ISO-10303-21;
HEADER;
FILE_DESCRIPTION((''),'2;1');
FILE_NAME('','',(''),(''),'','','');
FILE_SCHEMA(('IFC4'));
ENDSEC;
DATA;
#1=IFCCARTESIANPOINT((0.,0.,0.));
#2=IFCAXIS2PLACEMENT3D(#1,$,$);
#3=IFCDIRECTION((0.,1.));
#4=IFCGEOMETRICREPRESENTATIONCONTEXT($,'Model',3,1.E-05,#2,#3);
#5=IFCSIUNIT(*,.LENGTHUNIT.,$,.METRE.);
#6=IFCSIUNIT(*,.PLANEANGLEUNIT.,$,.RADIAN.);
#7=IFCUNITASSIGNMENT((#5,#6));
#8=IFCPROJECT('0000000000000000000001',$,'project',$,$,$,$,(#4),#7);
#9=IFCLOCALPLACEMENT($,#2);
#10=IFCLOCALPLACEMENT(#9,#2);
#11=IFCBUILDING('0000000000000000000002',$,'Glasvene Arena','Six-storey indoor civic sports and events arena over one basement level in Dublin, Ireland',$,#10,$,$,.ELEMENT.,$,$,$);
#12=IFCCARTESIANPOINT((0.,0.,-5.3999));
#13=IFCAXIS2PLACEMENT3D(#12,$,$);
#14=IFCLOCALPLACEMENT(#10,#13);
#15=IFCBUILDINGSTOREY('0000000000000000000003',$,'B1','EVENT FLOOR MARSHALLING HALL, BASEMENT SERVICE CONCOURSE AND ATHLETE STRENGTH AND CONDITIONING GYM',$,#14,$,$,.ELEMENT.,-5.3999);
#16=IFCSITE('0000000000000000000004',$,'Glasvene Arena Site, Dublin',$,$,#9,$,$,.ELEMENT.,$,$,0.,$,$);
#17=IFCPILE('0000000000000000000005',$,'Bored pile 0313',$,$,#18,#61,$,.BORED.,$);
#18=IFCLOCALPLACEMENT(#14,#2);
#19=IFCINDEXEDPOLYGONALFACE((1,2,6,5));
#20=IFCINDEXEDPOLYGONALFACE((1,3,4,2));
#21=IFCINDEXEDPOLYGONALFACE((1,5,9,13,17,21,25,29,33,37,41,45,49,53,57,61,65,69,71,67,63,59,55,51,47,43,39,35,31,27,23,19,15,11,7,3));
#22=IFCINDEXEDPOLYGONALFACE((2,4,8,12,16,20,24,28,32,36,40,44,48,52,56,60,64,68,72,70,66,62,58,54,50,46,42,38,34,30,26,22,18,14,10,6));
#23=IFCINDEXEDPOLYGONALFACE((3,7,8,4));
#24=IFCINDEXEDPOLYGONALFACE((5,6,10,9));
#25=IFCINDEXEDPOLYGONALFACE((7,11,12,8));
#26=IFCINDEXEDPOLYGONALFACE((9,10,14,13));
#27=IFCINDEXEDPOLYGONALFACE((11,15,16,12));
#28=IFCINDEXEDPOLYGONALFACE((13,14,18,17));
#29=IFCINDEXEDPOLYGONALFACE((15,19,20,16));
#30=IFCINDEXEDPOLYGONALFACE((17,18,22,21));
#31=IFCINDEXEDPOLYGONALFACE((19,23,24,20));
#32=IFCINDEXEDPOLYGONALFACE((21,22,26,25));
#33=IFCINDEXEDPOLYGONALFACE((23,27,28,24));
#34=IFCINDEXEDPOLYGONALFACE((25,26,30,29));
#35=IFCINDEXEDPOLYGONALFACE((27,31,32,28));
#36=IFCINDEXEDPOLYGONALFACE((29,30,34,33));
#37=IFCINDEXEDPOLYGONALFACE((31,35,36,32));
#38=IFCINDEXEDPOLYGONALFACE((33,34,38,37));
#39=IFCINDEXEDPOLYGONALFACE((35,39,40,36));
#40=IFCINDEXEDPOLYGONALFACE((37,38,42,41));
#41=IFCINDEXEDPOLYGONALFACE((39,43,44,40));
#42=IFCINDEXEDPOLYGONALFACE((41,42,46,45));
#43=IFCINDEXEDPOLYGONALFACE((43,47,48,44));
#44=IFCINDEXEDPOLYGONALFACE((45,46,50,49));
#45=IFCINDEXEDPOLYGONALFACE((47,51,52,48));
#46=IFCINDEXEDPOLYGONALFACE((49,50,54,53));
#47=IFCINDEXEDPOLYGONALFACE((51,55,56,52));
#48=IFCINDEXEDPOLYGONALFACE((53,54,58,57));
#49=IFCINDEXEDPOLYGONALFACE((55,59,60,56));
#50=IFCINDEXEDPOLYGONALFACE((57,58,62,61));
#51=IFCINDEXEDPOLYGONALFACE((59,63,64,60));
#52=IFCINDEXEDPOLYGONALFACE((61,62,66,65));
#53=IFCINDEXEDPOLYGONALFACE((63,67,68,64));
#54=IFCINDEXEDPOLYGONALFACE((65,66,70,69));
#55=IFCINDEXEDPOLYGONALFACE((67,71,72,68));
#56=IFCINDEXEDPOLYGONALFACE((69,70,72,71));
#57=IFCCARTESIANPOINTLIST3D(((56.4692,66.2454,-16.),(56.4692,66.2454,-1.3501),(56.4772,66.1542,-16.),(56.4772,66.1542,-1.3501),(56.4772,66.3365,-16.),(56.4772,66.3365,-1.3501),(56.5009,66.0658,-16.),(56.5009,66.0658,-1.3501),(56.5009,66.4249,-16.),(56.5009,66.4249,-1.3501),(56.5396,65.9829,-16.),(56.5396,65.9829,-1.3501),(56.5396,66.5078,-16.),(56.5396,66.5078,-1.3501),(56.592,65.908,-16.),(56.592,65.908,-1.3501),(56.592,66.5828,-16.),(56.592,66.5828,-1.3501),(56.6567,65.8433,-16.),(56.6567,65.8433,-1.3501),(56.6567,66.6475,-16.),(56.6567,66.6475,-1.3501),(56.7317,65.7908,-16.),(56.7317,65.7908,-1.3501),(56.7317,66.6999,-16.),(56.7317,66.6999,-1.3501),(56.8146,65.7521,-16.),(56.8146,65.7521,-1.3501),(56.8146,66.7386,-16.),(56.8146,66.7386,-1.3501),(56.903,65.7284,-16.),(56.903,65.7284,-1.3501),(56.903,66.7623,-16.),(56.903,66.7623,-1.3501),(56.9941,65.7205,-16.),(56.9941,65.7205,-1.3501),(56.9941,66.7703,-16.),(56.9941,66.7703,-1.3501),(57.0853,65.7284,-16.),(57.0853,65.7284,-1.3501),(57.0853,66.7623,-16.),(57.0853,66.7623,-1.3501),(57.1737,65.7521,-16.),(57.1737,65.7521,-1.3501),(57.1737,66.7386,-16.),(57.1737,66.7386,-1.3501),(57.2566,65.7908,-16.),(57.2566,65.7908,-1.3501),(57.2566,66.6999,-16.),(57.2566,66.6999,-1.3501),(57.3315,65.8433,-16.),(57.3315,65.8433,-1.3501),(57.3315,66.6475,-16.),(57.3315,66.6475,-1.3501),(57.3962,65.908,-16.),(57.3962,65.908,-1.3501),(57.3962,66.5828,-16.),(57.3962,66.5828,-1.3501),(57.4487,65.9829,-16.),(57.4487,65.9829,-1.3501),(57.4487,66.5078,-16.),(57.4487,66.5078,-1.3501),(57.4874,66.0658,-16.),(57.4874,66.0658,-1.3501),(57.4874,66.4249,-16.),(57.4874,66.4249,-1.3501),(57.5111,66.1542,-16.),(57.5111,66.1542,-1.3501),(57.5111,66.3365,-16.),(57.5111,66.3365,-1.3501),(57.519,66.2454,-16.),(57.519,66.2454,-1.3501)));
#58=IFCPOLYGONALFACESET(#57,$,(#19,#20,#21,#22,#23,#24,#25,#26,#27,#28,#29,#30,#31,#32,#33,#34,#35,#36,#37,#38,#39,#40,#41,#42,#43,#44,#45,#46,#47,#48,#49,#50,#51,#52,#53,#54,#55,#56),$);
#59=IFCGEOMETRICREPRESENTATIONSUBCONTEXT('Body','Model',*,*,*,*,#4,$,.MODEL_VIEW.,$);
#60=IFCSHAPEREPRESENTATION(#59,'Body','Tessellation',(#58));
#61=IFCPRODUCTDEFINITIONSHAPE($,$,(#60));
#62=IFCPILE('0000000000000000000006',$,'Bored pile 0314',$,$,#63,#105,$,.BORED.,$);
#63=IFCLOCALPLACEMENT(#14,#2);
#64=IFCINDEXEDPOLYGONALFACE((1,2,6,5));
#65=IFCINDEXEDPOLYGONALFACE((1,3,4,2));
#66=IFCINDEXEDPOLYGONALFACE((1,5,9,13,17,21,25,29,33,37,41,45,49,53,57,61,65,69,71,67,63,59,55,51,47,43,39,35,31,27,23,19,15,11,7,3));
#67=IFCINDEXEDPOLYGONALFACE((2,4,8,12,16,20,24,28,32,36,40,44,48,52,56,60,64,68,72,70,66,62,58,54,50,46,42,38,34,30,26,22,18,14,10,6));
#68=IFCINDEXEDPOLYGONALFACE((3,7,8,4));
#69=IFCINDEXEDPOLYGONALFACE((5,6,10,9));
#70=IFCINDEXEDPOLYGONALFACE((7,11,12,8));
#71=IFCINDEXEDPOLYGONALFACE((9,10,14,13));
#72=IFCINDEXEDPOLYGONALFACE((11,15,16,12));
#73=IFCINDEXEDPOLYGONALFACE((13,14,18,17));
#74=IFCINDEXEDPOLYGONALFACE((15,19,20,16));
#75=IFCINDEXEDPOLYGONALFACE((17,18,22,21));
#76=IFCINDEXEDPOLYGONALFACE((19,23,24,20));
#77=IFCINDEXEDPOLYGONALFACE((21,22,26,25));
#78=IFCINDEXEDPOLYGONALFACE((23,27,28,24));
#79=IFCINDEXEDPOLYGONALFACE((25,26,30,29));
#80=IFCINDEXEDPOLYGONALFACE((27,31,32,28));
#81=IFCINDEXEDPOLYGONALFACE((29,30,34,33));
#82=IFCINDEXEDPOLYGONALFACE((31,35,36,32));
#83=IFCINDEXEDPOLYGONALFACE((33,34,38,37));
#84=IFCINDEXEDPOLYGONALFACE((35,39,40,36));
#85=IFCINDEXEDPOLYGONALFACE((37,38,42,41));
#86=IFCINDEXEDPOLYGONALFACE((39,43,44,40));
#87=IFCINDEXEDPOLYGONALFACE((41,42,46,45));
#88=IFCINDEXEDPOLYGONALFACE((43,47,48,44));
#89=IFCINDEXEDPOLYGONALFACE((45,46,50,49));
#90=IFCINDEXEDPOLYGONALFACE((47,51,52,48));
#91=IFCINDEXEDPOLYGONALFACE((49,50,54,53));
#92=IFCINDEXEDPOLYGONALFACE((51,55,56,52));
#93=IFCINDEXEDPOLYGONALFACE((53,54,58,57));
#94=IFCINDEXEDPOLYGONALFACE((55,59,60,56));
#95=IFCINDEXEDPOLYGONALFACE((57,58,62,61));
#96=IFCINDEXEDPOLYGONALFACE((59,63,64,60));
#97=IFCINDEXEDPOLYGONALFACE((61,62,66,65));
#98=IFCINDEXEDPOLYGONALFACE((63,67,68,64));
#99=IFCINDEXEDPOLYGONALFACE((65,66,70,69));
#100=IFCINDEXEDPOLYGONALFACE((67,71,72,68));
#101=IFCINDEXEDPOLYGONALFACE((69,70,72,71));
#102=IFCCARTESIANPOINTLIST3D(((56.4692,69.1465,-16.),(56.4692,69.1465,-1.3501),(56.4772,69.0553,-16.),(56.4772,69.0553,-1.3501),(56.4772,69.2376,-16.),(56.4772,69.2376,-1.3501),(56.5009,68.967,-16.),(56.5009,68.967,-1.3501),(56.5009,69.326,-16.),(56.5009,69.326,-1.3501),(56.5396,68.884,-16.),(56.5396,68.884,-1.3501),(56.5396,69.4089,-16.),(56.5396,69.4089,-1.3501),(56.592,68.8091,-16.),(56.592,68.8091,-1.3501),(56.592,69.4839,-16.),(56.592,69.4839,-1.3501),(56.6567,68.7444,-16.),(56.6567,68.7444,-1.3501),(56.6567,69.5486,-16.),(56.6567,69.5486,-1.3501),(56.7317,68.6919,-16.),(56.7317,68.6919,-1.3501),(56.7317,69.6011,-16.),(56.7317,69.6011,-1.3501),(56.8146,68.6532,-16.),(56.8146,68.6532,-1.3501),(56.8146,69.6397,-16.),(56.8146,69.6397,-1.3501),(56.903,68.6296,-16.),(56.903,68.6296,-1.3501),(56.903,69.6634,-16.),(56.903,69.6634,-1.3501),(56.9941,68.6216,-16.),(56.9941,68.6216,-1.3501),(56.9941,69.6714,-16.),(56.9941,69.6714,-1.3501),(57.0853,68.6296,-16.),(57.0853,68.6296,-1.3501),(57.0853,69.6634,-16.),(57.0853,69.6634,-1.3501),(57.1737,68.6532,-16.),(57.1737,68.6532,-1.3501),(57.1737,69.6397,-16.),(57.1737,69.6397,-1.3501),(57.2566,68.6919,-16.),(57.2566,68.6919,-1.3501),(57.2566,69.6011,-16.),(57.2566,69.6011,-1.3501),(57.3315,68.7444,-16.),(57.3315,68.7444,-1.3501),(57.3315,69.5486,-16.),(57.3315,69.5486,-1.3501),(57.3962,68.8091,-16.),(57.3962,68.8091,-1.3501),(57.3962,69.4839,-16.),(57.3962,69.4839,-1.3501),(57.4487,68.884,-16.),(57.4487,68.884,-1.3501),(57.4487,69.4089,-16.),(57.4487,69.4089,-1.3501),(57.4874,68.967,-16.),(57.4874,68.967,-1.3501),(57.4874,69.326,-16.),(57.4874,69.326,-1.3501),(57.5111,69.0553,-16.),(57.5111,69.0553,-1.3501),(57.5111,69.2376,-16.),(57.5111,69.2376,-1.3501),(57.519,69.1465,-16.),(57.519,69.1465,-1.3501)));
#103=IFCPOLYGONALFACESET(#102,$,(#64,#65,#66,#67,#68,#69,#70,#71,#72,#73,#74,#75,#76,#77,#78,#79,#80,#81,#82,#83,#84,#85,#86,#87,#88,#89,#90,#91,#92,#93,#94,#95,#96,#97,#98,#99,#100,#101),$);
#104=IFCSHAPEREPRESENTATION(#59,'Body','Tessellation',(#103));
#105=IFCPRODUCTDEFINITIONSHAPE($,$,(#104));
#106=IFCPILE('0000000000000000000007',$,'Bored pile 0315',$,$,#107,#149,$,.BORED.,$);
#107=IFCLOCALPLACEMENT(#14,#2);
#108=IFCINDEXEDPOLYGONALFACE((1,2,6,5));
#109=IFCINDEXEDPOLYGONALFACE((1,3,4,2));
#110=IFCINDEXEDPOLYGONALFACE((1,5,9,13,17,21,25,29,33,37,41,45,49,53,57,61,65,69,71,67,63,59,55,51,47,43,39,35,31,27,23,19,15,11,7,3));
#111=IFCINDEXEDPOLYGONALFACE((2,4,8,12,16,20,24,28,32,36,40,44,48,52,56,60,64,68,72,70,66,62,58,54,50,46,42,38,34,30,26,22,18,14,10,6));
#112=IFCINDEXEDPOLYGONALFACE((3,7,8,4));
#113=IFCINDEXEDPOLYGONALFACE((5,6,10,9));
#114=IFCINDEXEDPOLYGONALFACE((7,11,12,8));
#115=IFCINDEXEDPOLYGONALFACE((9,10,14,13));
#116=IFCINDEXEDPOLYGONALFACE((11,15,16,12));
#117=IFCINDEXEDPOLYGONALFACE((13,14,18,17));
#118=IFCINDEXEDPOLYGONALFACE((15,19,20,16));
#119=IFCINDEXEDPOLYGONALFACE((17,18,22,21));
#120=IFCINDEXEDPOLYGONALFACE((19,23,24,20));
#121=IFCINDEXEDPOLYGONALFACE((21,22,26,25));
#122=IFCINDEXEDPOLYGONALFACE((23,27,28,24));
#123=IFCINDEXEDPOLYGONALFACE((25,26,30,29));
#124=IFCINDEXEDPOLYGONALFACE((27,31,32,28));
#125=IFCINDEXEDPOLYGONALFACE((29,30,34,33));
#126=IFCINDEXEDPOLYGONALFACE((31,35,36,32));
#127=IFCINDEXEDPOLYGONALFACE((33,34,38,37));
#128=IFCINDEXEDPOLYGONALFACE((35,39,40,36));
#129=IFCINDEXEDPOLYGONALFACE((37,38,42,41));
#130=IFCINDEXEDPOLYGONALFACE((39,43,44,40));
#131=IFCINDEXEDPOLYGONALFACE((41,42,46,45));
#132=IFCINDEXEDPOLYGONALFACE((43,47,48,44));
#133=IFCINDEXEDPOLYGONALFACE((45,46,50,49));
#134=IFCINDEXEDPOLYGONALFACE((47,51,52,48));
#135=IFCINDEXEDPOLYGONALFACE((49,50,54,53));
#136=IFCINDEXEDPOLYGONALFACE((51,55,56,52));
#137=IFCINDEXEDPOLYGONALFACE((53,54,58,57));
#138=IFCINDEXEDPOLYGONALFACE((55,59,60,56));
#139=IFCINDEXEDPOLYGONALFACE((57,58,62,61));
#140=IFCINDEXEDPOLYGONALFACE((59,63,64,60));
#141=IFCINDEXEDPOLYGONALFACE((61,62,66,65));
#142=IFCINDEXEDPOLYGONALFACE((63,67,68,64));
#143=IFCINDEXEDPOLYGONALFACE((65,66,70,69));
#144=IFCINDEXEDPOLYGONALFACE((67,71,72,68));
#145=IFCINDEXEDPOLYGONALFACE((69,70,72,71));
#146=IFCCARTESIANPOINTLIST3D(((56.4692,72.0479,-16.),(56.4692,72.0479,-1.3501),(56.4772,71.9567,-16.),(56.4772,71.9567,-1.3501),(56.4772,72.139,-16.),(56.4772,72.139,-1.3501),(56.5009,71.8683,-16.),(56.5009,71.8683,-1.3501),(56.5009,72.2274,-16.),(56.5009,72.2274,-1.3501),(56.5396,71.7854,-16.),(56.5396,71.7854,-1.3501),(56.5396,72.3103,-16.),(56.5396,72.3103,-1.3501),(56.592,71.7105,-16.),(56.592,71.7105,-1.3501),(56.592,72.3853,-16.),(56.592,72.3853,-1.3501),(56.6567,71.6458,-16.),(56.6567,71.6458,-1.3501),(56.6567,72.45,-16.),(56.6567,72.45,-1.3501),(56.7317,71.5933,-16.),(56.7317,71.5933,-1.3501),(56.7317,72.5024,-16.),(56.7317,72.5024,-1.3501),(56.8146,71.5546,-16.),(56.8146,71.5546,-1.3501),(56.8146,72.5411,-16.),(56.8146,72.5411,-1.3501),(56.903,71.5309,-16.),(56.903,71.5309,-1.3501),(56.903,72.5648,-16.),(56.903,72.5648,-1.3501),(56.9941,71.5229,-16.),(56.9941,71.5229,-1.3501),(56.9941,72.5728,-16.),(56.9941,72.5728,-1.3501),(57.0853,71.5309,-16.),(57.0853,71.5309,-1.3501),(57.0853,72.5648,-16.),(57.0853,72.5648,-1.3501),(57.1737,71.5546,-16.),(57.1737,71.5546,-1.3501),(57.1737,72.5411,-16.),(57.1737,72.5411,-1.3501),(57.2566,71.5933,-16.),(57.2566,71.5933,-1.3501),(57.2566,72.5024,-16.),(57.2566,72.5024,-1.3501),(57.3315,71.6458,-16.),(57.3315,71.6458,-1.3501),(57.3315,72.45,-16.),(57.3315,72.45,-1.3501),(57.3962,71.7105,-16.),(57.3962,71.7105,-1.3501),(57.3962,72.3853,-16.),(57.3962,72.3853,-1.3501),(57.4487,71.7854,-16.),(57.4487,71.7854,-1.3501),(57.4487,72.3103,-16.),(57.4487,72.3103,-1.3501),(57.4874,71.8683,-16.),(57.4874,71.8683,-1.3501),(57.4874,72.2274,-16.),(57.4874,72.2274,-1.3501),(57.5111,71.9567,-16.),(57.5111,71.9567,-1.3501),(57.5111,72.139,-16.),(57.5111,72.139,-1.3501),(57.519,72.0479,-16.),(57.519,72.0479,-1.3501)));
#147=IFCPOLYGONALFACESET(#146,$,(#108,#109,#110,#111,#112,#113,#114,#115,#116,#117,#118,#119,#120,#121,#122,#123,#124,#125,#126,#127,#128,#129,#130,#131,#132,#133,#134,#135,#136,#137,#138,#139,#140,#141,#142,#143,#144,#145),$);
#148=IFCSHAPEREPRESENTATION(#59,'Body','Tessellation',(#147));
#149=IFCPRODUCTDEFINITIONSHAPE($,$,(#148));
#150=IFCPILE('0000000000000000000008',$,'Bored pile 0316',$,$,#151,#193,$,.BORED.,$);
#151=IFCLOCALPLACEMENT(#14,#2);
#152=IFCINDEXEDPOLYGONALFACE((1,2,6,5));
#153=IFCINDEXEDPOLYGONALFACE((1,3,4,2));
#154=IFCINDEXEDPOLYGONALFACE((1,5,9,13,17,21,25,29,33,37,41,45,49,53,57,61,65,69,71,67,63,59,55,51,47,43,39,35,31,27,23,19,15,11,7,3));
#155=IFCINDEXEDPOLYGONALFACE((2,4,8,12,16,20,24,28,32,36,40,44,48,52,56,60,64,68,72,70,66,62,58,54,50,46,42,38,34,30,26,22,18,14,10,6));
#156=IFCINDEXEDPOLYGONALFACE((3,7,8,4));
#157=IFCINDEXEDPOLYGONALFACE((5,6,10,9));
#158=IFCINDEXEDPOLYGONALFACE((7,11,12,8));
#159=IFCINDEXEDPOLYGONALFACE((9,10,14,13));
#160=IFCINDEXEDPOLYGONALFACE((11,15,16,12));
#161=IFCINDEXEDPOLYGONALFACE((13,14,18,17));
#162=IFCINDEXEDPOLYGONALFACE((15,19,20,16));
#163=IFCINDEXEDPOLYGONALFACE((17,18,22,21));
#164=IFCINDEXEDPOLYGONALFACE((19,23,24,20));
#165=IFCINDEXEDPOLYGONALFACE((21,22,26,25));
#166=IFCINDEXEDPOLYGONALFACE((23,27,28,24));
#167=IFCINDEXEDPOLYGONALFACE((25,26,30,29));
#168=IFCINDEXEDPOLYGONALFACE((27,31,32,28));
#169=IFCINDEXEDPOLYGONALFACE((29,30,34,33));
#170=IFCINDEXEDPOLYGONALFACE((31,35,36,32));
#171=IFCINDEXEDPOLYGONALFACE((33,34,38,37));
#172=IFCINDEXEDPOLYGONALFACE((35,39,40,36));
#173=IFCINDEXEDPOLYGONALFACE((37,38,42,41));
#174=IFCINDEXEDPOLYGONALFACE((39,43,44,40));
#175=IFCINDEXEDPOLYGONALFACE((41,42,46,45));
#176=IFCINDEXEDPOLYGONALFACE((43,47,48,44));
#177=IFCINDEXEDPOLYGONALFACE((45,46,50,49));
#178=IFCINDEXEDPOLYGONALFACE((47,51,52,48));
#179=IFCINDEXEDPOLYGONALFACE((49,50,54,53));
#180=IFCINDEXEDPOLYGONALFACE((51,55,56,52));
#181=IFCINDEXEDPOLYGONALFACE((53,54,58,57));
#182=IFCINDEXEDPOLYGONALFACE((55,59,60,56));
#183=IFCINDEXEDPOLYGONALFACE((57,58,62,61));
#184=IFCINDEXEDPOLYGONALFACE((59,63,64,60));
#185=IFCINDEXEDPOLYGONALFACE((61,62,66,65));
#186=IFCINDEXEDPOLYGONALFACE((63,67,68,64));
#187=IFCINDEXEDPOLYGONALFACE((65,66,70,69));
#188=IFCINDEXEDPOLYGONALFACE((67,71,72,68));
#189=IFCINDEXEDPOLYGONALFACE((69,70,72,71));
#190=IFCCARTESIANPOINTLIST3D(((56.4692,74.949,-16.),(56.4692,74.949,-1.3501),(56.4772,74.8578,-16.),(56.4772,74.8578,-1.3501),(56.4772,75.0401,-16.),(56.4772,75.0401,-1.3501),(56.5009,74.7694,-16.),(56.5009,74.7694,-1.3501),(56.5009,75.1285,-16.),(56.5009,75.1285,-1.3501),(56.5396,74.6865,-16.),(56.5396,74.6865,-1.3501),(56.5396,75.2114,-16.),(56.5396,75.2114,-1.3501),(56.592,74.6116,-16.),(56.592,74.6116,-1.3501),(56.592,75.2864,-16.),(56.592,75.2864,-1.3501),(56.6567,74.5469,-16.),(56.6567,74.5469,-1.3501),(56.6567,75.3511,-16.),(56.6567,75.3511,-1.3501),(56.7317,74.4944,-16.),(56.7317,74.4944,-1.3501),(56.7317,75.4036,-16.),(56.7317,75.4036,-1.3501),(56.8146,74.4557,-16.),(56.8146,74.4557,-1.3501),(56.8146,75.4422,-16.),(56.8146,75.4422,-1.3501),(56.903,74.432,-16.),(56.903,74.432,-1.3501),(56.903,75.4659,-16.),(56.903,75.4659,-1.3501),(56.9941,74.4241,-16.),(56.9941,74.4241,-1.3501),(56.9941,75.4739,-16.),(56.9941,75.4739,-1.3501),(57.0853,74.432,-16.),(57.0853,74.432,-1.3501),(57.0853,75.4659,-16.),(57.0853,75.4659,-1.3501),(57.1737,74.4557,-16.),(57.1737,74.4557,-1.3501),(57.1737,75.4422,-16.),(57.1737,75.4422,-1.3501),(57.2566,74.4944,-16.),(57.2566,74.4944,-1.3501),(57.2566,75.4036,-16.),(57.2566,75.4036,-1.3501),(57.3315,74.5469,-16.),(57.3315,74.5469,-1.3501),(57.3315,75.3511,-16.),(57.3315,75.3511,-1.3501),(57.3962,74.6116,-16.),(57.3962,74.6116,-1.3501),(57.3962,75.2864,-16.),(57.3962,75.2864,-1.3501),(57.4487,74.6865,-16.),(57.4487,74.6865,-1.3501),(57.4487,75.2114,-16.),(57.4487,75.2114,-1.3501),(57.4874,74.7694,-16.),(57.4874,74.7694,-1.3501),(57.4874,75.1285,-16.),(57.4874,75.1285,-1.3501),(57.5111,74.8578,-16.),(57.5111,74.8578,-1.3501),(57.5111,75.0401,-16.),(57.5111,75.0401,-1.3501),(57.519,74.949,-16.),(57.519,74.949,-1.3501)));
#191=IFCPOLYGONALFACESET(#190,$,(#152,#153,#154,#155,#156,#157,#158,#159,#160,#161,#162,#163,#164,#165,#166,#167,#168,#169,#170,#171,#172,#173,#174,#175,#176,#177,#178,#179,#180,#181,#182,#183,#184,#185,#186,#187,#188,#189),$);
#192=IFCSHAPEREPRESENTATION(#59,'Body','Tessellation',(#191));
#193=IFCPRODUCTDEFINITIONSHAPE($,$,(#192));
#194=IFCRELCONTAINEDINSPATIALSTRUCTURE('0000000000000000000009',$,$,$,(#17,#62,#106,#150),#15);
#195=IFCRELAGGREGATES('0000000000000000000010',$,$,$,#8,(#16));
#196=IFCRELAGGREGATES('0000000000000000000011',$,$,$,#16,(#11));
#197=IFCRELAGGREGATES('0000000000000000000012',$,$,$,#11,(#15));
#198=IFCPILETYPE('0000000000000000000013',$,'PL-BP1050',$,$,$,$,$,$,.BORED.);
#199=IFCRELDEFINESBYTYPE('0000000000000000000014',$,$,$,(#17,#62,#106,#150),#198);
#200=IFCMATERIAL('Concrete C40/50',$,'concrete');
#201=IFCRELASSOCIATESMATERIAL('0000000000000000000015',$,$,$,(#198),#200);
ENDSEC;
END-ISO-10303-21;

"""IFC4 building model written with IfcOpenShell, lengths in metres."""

from ifc_helpers import new_model, si_unit, direction, frame, origin, origin_2d, place, context, subcontext, project, spatial, circle, extrude, material, material_profile, profile_set, type_object, element, save


model = new_model("IFC4")

# Units and contexts
model_context = context("Model", 3, precision=1e-05, world=origin(), true_north=direction((0.0, 1.0)))
body_context = subcontext(model_context, "Body", "Model", "MODEL_VIEW")
ifc_project = project(units=[si_unit("LENGTHUNIT", "METRE"), si_unit("PLANEANGLEUNIT", "RADIAN")], contexts=[model_context])

# Site, building, storey
site_placement = place(None, origin())
site = spatial("IfcSite", under=ifc_project, at=site_placement, Name="Glasvene Arena Site, Dublin", CompositionType="ELEMENT", RefElevation=0.0)
building_placement = place(site_placement, origin())
building = spatial("IfcBuilding", under=site, at=building_placement, Name="Glasvene Arena", Description="Six-storey indoor civic sports and events arena over one basement level in Dublin, Ireland", CompositionType="ELEMENT")
storey_placement = place(building_placement, frame((0.0, 0.0, -5.3999)))
storey = spatial("IfcBuildingStorey", under=building, at=storey_placement, Name="B1", Description="EVENT FLOOR MARSHALLING HALL, BASEMENT SERVICE CONCOURSE AND ATHLETE STRENGTH AND CONDITIONING GYM", CompositionType="ELEMENT", Elevation=-5.3999)

# Piles
ifc_material_1 = material(Name="Concrete C40/50", Category="concrete")
ifc_material_profile_1 = material_profile(ifc_material_1, circle(Radius=0.5249, at=origin_2d()), Name="BORED PILE 1050")
ifc_profile_set_1 = profile_set([ifc_material_profile_1], Name="Concrete C40/50")
pile_type = type_object("IfcPileType", Name="PL-BP1050", PredefinedType="BORED", material=ifc_profile_set_1)
for number, where, z_axis, x_axis, name in (
    (1, (56.9941, 66.2454, -1.3501), (0.0, 0.0, -1.0), (1.0, 0.0, 0.0), "Bored pile 0313"),
    (2, (56.9941, 69.1465, -1.3501), (0.0, 0.0, -1.0), (1.0, 0.0, 0.0), "Bored pile 0314"),
    (3, (56.9941, 72.0479, -1.3501), (0.0, 0.0, -1.0), (1.0, 0.0, 0.0), "Bored pile 0315"),
    (4, (56.9941, 74.949, -1.3501), (0.0, 0.0, -1.0), (1.0, 0.0, 0.0), "Bored pile 0316"),
):
    element("IfcPile", number, at=place(storey_placement, frame(where, z_axis=z_axis, x_axis=x_axis)), inside=storey, type_object=pile_type, Name=name, PredefinedType="BORED", context=body_context, shape_type="SweptSolid", body=[
        extrude(circle(Radius=0.5249, at=origin_2d()), origin(), (0.0, 0.0, 1.0), 14.6499),
    ])

save(model, "model.ifc")
